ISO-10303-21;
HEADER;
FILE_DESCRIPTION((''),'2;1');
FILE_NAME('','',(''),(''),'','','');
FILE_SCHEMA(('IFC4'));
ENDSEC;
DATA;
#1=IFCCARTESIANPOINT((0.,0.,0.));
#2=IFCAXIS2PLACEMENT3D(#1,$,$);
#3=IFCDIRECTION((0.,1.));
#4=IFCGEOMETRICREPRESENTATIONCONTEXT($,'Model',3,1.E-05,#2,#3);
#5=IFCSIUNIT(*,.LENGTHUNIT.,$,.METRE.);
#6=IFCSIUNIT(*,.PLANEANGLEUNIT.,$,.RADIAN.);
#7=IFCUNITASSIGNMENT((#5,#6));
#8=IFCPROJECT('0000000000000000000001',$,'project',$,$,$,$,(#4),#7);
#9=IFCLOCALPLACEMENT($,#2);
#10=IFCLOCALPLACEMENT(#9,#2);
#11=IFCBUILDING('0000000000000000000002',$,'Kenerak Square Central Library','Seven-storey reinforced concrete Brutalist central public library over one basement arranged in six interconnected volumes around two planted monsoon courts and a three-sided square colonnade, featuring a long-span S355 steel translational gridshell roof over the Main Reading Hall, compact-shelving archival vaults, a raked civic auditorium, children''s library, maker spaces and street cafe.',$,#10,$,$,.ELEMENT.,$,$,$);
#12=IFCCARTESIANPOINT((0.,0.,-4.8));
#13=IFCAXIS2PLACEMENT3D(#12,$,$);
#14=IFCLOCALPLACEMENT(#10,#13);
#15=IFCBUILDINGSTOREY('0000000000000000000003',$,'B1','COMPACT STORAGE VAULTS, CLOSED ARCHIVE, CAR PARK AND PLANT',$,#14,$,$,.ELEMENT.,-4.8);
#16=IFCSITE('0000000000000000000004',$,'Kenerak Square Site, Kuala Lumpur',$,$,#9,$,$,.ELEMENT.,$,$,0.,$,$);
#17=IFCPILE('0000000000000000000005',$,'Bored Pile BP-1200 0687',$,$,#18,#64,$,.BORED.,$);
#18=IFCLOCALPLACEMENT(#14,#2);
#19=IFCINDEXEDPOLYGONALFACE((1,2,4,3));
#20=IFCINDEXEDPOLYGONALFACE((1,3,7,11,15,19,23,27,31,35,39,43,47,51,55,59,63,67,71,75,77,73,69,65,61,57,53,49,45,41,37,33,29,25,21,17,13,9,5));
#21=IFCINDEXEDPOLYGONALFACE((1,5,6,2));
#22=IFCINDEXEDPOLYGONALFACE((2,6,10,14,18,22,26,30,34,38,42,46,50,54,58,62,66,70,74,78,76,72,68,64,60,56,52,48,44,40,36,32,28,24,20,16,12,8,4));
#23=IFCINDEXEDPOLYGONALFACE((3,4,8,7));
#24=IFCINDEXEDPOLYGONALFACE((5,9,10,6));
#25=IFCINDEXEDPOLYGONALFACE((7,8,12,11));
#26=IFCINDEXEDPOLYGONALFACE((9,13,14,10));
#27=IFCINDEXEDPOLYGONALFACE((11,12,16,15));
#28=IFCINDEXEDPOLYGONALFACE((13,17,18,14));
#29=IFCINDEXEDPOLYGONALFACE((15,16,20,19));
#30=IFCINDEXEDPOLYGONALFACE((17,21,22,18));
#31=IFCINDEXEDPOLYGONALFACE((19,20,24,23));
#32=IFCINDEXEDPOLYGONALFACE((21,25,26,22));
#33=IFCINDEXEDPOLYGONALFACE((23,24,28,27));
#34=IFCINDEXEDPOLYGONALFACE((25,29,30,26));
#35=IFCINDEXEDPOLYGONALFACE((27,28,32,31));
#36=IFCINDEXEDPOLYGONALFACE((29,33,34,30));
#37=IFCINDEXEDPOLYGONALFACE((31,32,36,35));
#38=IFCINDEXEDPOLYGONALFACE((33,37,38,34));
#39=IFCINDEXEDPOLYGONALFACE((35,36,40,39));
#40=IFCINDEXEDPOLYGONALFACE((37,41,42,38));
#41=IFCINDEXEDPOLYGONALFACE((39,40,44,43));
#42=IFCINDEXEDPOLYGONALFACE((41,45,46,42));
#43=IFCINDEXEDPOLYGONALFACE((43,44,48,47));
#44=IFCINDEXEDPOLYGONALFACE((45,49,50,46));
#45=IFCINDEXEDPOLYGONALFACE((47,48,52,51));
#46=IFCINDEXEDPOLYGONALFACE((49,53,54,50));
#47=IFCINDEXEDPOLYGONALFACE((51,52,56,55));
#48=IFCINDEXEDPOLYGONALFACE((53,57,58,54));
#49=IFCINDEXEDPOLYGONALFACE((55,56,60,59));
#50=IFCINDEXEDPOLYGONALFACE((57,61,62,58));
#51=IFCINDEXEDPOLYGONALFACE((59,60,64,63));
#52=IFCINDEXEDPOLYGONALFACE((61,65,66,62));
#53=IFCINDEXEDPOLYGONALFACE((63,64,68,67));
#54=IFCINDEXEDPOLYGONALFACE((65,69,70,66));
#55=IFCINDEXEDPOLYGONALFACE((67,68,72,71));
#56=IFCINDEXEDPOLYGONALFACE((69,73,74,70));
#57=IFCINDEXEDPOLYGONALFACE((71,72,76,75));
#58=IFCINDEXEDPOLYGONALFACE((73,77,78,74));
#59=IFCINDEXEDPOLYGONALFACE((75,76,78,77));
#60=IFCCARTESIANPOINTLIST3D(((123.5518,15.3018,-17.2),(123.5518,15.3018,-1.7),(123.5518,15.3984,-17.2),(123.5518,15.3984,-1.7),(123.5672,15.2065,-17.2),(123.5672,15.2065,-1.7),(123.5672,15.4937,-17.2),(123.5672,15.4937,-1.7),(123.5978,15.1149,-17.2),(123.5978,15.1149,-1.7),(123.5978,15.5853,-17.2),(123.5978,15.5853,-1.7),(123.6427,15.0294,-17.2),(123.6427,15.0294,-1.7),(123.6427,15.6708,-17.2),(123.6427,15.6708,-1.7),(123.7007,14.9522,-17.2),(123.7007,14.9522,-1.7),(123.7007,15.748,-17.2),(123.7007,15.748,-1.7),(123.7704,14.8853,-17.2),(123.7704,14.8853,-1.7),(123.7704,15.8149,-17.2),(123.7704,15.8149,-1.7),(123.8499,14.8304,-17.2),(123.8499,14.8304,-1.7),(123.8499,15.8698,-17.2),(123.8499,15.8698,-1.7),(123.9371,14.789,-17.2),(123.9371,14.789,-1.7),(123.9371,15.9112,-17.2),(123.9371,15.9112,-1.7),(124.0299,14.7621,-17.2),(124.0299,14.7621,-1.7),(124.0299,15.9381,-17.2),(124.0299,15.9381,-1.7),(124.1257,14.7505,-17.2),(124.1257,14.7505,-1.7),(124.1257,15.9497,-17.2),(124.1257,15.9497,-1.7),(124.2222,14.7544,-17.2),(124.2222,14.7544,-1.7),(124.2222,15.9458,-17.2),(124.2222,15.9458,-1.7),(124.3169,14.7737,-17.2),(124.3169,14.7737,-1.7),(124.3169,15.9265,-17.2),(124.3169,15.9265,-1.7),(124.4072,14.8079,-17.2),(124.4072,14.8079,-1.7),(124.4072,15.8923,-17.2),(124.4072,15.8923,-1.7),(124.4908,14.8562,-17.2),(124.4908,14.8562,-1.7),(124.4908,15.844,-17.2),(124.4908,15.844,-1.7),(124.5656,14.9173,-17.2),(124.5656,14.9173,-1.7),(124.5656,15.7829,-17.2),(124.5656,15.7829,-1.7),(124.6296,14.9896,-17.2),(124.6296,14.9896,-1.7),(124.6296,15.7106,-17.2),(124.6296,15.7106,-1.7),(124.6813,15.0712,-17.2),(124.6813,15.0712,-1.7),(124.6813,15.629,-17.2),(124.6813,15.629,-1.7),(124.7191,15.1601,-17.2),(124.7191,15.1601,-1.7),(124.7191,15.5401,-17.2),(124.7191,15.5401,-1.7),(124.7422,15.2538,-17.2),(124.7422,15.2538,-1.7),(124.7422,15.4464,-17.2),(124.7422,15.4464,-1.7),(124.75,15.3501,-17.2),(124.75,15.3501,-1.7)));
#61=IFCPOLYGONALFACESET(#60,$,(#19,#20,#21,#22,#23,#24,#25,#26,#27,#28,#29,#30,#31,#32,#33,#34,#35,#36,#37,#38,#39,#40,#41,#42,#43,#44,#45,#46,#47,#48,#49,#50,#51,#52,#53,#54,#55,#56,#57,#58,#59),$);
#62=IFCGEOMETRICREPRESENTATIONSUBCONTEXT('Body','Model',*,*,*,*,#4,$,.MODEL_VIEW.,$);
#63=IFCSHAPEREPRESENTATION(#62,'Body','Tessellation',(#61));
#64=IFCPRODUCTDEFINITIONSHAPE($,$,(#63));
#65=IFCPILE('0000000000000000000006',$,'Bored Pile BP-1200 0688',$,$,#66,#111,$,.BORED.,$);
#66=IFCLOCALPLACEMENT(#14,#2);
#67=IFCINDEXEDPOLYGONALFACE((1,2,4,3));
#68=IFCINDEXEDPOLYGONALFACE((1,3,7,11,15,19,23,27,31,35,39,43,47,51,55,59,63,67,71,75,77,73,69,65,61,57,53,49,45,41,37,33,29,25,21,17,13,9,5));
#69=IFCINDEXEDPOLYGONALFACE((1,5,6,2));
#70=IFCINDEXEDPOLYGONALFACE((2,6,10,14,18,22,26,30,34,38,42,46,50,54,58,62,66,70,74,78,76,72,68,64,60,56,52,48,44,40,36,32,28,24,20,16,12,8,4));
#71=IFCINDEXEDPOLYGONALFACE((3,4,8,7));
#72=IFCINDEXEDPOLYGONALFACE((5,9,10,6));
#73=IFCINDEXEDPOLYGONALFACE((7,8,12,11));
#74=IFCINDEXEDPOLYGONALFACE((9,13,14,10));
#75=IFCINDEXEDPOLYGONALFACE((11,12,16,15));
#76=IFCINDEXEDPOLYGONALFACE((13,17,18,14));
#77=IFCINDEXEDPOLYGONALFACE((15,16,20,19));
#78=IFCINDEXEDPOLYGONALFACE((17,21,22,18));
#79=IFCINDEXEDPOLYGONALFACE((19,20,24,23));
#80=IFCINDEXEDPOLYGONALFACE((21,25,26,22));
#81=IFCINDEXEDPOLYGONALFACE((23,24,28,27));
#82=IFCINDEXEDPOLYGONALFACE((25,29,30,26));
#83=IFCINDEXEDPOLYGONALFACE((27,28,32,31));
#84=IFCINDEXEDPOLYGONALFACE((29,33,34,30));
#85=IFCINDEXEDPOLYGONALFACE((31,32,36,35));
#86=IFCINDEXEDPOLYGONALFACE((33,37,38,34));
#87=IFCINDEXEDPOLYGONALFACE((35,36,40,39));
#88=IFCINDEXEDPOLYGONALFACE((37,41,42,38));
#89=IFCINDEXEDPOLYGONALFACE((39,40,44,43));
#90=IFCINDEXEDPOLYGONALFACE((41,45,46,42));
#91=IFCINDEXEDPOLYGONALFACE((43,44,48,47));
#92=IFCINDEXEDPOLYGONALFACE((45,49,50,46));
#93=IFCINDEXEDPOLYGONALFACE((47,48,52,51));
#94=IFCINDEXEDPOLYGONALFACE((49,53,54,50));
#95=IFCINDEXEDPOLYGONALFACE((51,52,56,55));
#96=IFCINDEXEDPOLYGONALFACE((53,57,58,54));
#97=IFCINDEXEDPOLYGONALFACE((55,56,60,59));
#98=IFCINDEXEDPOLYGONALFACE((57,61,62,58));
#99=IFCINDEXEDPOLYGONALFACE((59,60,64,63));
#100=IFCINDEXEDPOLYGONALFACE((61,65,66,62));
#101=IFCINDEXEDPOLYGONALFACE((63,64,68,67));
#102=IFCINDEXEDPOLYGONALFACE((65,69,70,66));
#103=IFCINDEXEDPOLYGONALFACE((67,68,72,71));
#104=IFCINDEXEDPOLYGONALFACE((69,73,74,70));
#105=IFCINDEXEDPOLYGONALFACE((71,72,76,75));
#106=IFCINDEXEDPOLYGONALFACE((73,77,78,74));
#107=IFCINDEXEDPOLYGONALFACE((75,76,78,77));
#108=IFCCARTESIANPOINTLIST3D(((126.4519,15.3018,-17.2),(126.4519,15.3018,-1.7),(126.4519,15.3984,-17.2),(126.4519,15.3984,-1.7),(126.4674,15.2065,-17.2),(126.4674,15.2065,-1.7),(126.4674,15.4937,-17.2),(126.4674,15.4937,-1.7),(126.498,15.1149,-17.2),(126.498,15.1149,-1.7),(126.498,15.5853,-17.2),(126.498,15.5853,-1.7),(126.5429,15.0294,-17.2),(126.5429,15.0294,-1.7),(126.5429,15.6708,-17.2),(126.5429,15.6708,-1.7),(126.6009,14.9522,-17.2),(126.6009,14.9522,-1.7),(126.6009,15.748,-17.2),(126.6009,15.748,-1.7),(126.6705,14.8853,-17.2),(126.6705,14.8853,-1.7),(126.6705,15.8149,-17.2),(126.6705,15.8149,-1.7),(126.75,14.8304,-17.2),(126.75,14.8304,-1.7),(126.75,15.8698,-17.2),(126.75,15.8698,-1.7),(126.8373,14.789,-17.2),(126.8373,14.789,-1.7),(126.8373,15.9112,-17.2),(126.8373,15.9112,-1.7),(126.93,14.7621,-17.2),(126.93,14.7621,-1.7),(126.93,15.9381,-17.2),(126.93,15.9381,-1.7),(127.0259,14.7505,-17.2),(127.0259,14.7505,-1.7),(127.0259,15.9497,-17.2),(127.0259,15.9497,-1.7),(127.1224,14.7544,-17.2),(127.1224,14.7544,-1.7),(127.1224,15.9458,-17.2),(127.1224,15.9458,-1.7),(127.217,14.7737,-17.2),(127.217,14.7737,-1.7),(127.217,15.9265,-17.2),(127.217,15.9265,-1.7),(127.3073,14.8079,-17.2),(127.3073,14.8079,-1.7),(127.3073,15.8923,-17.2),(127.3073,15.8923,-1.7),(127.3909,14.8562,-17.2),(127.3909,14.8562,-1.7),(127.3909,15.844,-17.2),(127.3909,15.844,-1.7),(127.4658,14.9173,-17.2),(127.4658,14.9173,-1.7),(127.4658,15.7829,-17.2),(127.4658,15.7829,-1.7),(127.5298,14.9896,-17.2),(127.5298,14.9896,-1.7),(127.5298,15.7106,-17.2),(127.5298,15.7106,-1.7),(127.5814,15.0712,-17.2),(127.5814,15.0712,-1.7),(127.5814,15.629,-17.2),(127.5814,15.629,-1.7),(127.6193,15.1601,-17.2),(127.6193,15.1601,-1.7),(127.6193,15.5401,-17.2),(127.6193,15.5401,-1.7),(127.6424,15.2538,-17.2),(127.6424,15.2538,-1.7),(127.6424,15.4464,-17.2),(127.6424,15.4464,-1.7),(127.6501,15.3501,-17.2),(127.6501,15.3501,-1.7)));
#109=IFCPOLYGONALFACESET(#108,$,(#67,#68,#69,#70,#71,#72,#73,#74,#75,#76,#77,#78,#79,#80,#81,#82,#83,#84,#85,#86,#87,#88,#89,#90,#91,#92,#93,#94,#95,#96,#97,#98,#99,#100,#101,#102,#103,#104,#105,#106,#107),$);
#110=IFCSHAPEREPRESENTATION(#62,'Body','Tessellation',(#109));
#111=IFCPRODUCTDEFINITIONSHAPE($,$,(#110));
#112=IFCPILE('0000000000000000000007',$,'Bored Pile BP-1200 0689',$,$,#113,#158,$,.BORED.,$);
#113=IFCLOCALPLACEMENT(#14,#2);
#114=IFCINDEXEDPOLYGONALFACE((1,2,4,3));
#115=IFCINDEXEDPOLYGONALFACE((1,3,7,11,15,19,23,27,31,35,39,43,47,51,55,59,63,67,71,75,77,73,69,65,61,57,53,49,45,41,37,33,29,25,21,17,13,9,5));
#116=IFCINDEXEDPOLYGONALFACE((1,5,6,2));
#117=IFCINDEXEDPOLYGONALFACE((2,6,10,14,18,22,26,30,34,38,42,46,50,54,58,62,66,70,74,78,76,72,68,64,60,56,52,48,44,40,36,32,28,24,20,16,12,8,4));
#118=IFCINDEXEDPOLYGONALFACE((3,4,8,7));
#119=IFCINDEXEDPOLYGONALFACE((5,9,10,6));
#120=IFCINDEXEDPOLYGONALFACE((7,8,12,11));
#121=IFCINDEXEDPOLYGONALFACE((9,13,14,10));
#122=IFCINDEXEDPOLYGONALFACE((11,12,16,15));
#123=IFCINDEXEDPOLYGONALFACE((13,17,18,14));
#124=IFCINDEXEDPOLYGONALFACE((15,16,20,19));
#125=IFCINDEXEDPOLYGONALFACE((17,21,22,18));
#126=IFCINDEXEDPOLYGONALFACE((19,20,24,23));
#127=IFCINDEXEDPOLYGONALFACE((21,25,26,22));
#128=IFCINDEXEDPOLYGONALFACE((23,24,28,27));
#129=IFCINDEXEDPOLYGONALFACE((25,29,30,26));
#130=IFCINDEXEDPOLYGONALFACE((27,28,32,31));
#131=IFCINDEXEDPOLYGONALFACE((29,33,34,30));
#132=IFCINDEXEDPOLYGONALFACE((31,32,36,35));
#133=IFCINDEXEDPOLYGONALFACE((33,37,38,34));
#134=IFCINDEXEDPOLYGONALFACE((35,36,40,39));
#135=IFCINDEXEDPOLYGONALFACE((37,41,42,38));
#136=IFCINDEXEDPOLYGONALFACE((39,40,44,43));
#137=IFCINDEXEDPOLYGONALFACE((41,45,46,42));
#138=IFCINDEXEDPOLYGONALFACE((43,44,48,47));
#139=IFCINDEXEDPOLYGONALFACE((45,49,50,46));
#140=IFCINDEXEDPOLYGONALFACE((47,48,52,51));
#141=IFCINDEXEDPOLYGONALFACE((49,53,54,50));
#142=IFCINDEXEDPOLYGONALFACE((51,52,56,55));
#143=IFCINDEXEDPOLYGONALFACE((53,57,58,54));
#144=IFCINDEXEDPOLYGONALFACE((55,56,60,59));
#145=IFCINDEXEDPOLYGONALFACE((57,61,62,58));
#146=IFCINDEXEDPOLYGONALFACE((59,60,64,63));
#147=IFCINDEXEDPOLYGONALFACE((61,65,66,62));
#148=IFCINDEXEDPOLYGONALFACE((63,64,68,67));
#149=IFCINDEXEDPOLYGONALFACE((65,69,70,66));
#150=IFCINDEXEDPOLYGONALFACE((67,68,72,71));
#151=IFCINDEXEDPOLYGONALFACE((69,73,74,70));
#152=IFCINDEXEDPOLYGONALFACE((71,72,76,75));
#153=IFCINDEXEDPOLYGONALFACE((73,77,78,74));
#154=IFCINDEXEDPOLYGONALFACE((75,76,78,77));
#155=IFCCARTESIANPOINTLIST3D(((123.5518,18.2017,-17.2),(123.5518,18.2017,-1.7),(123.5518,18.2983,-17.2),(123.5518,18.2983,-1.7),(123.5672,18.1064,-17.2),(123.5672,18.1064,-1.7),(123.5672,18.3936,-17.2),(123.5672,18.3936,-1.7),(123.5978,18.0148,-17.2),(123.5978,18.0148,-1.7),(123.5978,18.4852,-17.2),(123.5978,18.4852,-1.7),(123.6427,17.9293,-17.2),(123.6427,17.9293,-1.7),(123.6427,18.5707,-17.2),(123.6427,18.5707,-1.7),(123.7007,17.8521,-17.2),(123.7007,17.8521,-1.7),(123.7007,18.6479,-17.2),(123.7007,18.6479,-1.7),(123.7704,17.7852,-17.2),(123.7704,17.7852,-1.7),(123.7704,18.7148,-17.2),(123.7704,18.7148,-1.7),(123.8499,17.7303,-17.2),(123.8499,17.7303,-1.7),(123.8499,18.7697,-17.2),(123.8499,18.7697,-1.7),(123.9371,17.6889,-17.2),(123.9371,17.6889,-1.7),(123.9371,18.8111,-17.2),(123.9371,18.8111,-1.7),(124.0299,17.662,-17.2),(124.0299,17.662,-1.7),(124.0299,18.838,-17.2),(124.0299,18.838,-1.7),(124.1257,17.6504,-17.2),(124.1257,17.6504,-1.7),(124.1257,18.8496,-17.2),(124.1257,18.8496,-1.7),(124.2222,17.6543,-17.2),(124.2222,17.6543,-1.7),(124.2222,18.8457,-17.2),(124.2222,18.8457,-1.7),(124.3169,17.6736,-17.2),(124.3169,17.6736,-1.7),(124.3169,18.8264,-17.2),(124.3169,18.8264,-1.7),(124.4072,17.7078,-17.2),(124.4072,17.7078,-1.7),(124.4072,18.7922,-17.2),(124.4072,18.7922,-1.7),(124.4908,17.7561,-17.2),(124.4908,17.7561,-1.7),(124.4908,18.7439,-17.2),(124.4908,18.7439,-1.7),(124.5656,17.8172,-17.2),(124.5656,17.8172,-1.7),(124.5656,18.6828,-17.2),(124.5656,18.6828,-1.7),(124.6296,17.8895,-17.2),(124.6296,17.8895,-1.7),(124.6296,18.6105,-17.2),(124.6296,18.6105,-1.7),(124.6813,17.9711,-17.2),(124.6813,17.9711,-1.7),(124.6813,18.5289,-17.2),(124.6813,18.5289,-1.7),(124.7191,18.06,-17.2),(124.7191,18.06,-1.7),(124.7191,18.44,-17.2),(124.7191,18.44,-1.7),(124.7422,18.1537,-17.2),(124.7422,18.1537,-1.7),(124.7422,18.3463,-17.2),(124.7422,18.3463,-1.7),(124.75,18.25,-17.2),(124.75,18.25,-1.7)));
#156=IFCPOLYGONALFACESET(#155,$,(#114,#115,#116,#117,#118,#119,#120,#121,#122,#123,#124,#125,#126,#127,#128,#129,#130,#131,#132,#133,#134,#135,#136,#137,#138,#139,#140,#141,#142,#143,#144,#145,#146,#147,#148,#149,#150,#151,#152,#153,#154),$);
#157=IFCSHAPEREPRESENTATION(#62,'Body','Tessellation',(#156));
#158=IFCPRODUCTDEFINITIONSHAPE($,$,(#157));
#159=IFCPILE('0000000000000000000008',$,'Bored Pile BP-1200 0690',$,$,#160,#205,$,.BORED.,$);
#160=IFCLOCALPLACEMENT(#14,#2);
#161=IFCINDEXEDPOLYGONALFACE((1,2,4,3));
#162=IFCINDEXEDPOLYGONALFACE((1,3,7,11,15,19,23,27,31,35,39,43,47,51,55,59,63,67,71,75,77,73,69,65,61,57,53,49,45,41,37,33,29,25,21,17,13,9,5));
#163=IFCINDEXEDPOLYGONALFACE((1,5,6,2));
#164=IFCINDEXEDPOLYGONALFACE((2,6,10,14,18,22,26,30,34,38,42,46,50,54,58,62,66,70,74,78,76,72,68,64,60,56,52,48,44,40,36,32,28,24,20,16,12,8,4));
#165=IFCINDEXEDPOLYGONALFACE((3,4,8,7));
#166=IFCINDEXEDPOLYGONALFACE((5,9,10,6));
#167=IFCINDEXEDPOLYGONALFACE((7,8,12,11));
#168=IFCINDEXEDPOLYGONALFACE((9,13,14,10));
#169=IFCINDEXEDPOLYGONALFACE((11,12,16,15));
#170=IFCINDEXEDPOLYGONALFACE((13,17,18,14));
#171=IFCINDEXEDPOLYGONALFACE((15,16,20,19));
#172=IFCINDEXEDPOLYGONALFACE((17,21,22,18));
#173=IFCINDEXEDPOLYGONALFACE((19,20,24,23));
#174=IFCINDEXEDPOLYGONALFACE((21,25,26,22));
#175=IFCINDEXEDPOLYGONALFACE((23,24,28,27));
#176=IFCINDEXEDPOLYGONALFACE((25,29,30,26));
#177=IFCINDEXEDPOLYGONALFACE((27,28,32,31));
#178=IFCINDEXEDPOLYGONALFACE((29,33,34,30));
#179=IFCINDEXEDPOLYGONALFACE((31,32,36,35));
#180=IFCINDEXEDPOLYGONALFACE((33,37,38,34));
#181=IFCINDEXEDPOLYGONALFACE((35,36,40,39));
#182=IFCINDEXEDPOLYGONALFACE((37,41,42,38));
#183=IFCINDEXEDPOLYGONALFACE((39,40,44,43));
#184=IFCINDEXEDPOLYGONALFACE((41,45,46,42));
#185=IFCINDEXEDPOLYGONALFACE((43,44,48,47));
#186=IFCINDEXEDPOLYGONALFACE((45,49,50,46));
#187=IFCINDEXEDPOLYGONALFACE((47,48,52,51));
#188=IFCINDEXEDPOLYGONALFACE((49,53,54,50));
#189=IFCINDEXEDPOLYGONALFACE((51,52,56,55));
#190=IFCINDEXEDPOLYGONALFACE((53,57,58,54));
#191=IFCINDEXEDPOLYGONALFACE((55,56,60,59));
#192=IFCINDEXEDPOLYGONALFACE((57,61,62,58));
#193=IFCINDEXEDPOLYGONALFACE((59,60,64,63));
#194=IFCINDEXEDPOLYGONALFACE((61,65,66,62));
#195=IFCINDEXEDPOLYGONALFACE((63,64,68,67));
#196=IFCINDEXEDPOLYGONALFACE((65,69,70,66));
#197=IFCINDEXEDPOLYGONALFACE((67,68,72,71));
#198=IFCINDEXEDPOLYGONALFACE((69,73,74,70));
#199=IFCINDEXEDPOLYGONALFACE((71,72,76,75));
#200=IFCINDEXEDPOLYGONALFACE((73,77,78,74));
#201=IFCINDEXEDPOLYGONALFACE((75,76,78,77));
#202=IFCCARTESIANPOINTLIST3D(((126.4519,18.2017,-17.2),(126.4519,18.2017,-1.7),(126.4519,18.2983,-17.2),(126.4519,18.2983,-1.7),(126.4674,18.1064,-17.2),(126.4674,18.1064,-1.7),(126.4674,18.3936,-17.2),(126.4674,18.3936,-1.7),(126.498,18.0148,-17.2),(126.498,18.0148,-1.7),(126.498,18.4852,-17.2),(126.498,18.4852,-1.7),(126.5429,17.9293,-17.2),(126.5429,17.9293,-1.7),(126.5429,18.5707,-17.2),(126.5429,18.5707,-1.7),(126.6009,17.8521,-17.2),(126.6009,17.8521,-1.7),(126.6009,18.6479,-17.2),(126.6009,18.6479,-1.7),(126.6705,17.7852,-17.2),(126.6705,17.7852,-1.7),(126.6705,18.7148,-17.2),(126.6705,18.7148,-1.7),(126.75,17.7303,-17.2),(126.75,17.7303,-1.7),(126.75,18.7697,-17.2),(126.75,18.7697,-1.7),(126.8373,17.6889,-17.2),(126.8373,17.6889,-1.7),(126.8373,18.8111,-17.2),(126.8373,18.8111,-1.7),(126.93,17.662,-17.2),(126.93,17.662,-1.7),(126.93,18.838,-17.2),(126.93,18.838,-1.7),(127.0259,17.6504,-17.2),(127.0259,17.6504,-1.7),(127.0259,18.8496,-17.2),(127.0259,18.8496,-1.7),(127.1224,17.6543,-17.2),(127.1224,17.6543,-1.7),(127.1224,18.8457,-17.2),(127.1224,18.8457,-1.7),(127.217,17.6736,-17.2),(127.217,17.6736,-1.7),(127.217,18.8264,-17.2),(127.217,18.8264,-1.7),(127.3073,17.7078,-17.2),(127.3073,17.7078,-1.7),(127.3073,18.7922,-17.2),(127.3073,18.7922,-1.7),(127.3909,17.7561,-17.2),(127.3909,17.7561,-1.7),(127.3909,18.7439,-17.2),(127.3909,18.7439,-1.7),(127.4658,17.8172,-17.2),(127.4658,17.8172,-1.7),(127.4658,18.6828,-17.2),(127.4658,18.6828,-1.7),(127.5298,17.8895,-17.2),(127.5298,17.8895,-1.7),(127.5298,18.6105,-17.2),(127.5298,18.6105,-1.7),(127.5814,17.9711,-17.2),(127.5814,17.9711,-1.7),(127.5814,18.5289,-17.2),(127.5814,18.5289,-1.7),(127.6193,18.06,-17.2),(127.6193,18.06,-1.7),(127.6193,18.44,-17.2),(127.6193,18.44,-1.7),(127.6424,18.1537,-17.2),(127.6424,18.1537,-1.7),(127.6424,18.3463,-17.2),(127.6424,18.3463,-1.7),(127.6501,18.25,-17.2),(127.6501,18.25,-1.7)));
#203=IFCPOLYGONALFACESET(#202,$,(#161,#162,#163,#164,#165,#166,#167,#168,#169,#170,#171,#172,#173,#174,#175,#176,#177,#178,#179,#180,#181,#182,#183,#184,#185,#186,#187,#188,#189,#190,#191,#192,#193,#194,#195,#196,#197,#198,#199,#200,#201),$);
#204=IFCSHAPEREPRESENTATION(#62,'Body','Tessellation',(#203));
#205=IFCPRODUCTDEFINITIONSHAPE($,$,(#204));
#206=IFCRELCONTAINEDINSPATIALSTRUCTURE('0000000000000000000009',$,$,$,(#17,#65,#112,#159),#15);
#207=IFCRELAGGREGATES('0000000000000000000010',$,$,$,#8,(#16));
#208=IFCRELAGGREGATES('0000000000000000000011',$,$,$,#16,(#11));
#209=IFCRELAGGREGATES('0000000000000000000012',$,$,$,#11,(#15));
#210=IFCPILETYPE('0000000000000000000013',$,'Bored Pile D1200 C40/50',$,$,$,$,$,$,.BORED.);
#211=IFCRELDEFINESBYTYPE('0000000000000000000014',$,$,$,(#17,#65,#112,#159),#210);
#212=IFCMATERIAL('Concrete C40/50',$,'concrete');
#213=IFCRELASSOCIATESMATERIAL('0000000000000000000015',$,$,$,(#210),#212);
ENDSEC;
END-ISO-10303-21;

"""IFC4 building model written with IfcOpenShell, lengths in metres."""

from ifc_helpers import new_model, si_unit, direction, frame, origin, origin_2d, place, context, subcontext, project, spatial, circle, extrude, material, material_profile, profile_set, type_object, element, save


model = new_model("IFC4")

# Units and contexts
model_context = context("Model", 3, precision=1e-05, world=origin(), true_north=direction((0.0, 1.0)))
body_context = subcontext(model_context, "Body", "Model", "MODEL_VIEW")
ifc_project = project(units=[si_unit("LENGTHUNIT", "METRE"), si_unit("PLANEANGLEUNIT", "RADIAN")], contexts=[model_context])

# Site, building, storey
site_placement = place(None, origin())
site = spatial("IfcSite", under=ifc_project, at=site_placement, Name="Kenerak Square Site, Kuala Lumpur", CompositionType="ELEMENT", RefElevation=0.0)
building_placement = place(site_placement, origin())
building = spatial("IfcBuilding", under=site, at=building_placement, Name="Kenerak Square Central Library", Description="Seven-storey reinforced concrete Brutalist central public library over one basement arranged in six interconnected volumes around two planted monsoon courts and a three-sided square colonnade, featuring a long-span S355 steel translational gridshell roof over the Main Reading Hall, compact-shelving archival vaults, a raked civic auditorium, children's library, maker spaces and street cafe.", CompositionType="ELEMENT")
storey_placement = place(building_placement, frame((0.0, 0.0, -4.8)))
storey = spatial("IfcBuildingStorey", under=building, at=storey_placement, Name="B1", Description="COMPACT STORAGE VAULTS, CLOSED ARCHIVE, CAR PARK AND PLANT", CompositionType="ELEMENT", Elevation=-4.8)

# Piles
ifc_material_1 = material(Name="Concrete C40/50", Category="concrete")
ifc_material_profile_1 = material_profile(ifc_material_1, circle(Radius=0.6001, at=origin_2d()), Name="BP D1200")
ifc_profile_set_1 = profile_set([ifc_material_profile_1], Name="Concrete C40/50")
pile_type_1 = type_object("IfcPileType", Name="Bored Pile D1200 C40/50", PredefinedType="BORED", material=ifc_profile_set_1)
for number, where, z_axis, x_axis, name in (
    (1, (124.1499, 15.3501, -1.7), (0.0, 0.0, -1.0), (1.0, 0.0, 0.0), "Bored Pile BP-1200 0687"),
    (2, (127.05, 15.3501, -1.7), (0.0, 0.0, -1.0), (1.0, 0.0, 0.0), "Bored Pile BP-1200 0688"),
    (3, (124.1499, 18.25, -1.7), (0.0, 0.0, -1.0), (1.0, 0.0, 0.0), "Bored Pile BP-1200 0689"),
    (4, (127.05, 18.25, -1.7), (0.0, 0.0, -1.0), (1.0, 0.0, 0.0), "Bored Pile BP-1200 0690"),
):
    element("IfcPile", number, at=place(storey_placement, frame(where, z_axis=z_axis, x_axis=x_axis)), inside=storey, type_object=pile_type_1, Name=name, PredefinedType="BORED", context=body_context, shape_type="SweptSolid", body=[
        extrude(circle(Radius=0.6001, at=origin_2d()), origin(), (0.0, 0.0, 1.0), 15.5),
    ])

save(model, "model.ifc")
